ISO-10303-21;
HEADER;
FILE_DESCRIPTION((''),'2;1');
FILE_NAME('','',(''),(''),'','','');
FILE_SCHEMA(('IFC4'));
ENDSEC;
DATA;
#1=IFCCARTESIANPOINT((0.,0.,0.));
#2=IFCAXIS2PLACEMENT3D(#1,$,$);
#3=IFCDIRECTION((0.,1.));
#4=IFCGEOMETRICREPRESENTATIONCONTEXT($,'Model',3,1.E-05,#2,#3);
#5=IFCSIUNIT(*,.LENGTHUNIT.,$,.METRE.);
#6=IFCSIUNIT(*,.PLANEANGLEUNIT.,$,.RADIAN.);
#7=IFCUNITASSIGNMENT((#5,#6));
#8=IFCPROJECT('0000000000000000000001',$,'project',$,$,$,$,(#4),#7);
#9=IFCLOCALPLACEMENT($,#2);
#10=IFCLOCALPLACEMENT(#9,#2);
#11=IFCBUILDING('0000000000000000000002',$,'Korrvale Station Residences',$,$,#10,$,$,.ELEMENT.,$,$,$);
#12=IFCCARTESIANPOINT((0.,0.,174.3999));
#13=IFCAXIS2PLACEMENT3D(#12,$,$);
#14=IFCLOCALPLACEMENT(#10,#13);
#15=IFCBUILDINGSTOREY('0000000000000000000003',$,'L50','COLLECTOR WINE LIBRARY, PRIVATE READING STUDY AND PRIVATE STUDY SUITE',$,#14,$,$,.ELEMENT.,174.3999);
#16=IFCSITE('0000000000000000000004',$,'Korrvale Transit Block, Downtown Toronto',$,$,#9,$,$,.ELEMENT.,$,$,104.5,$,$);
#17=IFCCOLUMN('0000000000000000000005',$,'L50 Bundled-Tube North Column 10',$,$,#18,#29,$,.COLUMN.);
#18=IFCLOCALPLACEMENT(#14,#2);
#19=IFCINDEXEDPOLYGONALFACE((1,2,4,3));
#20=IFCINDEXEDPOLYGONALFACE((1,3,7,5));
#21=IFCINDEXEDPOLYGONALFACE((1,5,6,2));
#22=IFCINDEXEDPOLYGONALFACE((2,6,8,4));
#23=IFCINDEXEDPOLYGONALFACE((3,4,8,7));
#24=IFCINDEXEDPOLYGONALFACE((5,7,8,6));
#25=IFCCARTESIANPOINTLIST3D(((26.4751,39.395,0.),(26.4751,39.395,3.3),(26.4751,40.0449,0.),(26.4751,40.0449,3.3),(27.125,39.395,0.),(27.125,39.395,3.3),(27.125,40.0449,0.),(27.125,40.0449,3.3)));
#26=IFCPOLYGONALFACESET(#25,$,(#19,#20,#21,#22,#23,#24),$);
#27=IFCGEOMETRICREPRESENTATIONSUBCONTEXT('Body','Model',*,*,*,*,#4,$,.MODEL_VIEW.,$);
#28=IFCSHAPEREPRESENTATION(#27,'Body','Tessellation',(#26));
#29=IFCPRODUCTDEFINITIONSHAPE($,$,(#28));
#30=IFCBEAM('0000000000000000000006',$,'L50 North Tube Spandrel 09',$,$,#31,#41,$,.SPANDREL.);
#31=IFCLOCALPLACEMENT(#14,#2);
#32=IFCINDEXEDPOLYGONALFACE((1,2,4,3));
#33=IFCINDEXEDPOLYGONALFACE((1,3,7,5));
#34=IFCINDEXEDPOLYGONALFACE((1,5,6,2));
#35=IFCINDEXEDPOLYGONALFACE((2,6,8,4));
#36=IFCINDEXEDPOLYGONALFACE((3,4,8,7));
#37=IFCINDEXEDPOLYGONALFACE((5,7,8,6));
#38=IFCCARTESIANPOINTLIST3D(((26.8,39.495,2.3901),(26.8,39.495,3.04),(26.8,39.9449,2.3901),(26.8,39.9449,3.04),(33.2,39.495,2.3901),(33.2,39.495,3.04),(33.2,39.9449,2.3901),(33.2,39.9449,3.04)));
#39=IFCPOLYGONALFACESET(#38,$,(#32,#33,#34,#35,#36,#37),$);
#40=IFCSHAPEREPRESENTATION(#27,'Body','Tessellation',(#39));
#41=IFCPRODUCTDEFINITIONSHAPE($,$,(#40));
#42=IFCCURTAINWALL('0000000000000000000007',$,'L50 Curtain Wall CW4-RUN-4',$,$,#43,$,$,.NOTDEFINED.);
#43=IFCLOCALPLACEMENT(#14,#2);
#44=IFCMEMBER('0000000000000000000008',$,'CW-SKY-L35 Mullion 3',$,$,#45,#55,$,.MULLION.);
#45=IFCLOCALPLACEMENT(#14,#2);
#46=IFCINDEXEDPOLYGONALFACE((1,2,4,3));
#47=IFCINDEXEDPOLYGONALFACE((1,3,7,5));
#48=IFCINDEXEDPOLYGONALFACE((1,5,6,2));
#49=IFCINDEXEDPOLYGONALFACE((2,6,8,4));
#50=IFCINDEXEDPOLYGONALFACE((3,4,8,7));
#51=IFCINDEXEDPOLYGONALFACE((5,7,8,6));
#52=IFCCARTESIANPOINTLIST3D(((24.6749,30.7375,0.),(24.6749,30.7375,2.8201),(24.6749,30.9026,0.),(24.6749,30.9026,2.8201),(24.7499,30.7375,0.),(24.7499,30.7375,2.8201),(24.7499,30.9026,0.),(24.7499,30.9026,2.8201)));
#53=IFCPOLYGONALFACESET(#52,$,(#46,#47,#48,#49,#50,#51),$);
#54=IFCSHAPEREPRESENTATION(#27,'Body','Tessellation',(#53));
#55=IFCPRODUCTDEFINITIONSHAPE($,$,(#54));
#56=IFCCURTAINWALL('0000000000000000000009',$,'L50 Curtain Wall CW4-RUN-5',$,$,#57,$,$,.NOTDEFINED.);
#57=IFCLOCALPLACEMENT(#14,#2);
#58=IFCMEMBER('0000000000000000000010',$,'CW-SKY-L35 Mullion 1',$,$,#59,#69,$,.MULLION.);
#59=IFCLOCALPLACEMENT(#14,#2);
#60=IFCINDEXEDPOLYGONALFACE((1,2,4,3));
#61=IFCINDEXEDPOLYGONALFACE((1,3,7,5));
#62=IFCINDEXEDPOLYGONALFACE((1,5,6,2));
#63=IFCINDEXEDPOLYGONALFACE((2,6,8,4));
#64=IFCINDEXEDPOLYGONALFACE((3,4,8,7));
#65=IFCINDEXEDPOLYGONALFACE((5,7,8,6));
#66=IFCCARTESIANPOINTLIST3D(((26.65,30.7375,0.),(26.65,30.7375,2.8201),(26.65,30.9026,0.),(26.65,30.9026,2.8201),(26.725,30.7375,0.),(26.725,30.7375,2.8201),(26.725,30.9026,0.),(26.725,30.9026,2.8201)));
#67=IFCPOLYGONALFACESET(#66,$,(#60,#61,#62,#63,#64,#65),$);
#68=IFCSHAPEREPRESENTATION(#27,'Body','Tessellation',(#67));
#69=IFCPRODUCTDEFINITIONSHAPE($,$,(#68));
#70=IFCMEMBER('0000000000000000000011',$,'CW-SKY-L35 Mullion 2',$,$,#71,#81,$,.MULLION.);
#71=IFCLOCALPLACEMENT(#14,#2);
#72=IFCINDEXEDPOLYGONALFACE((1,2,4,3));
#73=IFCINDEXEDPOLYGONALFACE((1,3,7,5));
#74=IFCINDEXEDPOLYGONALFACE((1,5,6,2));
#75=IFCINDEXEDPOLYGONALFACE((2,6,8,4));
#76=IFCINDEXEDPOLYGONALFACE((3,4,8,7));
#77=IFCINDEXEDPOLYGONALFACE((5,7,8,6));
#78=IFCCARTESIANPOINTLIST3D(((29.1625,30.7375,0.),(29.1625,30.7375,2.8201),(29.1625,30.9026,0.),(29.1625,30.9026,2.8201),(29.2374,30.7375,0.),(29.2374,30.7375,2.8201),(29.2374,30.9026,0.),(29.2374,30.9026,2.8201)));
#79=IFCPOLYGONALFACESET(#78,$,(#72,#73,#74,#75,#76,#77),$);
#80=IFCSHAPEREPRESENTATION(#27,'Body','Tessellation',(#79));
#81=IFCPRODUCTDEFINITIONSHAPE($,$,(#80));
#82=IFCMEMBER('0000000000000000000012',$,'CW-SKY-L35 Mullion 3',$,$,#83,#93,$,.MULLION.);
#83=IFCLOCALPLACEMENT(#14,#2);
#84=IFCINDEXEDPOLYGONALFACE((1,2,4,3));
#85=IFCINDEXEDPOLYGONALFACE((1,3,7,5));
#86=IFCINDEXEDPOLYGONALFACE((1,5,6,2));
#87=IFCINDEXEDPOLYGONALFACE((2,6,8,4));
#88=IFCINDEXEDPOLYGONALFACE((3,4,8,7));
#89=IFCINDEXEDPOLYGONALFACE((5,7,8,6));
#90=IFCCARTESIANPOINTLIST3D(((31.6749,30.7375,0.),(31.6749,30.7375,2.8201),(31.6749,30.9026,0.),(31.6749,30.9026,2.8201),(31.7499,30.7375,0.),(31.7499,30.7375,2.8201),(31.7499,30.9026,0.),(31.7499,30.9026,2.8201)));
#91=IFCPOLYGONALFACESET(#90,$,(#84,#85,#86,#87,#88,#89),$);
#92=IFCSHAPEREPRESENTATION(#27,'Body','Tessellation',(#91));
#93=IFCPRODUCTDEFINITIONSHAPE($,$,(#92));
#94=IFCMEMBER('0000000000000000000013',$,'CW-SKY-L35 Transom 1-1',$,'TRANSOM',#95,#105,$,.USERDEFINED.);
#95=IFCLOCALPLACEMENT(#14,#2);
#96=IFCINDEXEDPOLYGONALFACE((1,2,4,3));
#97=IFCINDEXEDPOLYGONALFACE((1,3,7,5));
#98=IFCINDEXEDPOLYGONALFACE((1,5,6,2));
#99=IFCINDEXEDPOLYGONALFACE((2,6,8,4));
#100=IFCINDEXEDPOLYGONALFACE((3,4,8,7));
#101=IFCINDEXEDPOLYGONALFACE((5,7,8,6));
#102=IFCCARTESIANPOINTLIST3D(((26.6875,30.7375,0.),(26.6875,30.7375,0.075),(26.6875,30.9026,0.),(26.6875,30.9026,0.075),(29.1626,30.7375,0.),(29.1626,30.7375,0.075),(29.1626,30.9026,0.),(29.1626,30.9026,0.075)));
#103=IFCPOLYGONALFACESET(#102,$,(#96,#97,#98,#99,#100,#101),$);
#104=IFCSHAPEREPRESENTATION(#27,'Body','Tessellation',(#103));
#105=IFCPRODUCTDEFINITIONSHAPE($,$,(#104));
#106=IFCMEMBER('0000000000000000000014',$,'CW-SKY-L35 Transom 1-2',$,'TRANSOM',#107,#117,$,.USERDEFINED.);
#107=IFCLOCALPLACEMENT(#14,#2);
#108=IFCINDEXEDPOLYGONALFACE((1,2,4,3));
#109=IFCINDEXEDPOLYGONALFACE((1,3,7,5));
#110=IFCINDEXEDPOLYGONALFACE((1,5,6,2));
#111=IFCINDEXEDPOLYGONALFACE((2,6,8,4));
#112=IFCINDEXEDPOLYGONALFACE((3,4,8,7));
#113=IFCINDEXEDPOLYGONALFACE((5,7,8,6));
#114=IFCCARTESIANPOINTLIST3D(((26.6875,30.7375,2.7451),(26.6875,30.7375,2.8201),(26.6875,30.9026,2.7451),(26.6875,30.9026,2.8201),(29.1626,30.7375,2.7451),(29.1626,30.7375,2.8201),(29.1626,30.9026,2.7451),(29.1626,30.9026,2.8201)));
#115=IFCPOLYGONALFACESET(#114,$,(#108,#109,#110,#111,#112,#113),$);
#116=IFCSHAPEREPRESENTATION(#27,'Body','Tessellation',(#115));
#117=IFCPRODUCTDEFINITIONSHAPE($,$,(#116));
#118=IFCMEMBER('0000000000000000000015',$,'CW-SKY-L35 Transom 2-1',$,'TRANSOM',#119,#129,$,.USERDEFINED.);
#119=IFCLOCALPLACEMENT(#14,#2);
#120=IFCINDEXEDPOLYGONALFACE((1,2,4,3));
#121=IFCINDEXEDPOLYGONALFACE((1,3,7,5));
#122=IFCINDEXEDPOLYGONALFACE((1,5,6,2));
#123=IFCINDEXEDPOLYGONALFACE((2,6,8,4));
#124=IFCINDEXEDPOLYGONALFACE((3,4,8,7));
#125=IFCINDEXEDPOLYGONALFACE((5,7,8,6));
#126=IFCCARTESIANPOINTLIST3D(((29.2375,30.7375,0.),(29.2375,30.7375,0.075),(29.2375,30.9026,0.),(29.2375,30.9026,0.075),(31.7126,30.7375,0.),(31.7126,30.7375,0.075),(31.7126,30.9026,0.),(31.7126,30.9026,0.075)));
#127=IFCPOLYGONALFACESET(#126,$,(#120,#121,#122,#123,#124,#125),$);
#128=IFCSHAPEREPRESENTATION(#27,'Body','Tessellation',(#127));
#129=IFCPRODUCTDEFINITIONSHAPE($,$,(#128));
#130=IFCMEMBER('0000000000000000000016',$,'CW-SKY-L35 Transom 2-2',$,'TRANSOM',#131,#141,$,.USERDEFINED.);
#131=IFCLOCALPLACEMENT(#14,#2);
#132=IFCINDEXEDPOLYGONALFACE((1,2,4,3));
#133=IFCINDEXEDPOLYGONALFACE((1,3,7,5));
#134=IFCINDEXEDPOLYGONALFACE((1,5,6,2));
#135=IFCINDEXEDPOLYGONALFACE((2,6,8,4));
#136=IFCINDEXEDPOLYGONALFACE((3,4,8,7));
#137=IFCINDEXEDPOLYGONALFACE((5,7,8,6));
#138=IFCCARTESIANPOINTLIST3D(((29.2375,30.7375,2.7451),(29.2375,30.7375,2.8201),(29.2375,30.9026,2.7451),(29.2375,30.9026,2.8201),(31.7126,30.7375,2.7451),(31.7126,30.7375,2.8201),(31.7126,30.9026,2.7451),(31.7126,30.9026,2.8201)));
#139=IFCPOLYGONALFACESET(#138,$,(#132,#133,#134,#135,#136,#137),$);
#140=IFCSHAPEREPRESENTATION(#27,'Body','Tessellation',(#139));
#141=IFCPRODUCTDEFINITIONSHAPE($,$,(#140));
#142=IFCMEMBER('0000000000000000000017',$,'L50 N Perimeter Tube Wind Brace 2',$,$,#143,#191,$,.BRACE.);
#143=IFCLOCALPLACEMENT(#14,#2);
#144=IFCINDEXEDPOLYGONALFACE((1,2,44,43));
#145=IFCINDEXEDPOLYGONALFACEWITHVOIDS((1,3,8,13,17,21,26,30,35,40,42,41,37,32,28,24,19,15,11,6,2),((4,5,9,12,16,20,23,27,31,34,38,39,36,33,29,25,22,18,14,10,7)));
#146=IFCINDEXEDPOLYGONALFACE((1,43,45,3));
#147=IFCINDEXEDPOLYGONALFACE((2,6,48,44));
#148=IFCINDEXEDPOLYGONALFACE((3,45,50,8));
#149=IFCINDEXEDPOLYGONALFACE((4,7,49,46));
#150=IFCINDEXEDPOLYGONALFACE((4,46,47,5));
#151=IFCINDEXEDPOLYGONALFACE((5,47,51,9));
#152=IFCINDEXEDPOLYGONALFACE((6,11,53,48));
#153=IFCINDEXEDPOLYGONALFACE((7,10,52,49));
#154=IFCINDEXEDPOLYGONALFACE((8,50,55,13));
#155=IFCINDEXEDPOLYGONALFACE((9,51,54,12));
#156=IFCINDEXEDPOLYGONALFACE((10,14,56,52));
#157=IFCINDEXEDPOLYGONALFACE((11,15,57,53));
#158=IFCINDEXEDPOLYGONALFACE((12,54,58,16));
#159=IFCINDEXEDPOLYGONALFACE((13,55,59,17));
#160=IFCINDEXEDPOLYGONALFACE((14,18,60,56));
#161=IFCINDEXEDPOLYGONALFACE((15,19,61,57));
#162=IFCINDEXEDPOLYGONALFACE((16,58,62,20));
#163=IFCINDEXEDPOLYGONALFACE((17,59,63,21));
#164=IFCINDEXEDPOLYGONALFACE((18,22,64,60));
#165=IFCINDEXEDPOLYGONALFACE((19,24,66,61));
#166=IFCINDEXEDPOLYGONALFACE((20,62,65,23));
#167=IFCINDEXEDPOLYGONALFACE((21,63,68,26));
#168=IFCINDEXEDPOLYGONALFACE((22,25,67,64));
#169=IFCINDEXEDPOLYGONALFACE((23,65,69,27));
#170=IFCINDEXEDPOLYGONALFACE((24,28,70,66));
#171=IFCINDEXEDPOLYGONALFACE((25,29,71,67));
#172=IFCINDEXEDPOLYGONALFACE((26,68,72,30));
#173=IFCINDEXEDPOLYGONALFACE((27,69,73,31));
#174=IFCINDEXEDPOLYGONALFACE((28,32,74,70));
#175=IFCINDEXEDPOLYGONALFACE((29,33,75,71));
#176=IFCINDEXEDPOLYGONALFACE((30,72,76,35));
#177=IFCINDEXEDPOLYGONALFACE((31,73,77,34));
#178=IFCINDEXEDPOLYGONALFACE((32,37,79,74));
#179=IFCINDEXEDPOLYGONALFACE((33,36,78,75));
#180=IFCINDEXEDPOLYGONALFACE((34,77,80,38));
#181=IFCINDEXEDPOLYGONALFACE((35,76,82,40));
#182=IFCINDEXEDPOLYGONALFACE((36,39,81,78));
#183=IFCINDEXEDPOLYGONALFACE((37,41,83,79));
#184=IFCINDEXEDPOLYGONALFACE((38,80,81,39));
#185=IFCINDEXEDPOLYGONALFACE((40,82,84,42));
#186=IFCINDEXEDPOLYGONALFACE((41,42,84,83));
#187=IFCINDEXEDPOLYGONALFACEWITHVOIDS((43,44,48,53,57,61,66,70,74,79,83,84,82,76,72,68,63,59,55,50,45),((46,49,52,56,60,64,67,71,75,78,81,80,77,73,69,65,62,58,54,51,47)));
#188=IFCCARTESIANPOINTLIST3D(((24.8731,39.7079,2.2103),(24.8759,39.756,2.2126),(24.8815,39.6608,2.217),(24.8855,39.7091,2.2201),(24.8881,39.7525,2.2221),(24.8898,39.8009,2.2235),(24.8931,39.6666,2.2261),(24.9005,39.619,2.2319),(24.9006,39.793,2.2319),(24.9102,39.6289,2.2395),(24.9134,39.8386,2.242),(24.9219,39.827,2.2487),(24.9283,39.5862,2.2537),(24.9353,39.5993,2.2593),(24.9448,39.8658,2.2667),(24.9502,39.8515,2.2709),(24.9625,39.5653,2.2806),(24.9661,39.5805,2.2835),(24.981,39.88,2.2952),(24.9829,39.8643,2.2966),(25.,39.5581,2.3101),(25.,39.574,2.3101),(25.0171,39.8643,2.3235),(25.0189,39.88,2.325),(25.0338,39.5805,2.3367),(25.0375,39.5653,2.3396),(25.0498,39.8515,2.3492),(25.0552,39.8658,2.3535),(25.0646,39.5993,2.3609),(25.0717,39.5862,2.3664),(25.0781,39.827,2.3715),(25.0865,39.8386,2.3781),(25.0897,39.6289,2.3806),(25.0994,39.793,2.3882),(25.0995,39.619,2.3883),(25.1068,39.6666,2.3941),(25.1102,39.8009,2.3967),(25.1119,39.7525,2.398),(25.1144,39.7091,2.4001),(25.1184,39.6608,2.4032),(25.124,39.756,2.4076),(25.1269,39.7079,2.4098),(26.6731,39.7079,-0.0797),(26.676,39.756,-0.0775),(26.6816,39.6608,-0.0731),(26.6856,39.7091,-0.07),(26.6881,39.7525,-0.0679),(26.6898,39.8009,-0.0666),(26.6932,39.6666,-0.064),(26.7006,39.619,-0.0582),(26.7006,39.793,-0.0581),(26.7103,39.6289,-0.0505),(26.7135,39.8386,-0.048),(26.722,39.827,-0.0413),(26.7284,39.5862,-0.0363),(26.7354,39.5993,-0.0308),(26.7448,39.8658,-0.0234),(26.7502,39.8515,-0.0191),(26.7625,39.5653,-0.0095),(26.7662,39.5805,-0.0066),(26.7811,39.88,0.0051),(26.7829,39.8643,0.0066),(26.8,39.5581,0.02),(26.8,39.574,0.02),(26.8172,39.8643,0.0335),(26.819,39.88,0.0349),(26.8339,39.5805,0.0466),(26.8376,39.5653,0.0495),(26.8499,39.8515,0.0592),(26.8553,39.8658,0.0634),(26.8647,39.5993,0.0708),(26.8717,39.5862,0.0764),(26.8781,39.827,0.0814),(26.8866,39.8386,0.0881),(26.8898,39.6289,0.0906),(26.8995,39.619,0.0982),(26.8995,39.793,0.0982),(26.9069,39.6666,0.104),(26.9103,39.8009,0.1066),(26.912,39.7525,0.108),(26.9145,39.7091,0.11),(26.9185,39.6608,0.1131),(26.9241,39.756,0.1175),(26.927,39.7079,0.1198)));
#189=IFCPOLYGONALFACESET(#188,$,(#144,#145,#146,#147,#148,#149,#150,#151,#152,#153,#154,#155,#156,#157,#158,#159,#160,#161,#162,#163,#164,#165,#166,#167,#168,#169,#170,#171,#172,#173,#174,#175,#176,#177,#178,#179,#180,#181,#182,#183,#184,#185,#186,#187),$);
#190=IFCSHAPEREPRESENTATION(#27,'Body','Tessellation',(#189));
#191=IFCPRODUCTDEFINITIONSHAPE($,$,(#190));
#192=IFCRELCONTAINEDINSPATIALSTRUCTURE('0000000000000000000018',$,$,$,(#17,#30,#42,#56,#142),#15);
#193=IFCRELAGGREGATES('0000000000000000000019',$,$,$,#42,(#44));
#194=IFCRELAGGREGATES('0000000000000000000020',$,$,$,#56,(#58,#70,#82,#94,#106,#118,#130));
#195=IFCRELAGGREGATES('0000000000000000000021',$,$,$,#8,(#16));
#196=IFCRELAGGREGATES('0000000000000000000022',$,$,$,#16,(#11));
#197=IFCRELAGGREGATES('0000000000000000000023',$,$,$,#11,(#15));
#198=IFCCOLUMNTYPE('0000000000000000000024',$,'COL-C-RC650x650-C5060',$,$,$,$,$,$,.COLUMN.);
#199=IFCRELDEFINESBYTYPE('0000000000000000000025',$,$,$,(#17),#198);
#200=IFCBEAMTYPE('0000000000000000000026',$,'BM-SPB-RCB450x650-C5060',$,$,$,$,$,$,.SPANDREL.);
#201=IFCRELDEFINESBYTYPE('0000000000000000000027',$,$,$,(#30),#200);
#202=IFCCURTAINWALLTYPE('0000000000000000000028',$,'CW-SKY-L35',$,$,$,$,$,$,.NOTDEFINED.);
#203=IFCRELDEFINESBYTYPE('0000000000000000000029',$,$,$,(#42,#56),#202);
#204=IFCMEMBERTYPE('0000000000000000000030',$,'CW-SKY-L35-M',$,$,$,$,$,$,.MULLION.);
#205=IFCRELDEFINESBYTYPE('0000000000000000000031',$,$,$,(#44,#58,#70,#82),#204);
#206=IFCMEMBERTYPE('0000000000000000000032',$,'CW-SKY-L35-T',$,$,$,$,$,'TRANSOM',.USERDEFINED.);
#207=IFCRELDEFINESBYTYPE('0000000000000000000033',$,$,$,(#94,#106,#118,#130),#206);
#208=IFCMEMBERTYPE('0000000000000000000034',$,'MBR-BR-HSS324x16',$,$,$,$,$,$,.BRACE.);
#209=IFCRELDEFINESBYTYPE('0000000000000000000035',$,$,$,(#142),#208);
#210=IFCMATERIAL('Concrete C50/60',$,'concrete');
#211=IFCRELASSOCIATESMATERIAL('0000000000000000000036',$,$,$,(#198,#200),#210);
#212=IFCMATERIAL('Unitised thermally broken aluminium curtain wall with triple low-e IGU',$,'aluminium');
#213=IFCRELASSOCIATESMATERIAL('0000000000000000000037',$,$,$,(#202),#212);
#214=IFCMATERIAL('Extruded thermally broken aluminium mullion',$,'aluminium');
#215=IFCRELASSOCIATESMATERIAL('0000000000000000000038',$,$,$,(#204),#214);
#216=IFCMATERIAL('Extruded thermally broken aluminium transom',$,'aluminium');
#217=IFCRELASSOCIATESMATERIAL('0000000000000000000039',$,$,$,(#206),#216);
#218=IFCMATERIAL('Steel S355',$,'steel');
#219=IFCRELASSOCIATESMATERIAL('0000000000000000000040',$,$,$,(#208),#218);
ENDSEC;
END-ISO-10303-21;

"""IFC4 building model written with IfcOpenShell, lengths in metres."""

from ifc_helpers import new_model, si_unit, direction, frame, origin, origin_2d, place, context, subcontext, project, spatial, rectangle, hollow_circle, extrude, material, material_profile, profile_set, type_object, element, aggregate, save


model = new_model("IFC4")

# Units and contexts
model_context = context("Model", 3, precision=1e-05, world=origin(), true_north=direction((0.0, 1.0)))
body_context = subcontext(model_context, "Body", "Model", "MODEL_VIEW")
ifc_project = project(units=[si_unit("LENGTHUNIT", "METRE"), si_unit("PLANEANGLEUNIT", "RADIAN")], contexts=[model_context])

# Site, building, storey
site_placement = place(None, origin())
site = spatial("IfcSite", under=ifc_project, at=site_placement, Name="Korrvale Transit Block, Downtown Toronto", CompositionType="ELEMENT", RefElevation=104.5)
building_placement = place(site_placement, origin())
building = spatial("IfcBuilding", under=site, at=building_placement, Name="Korrvale Station Residences", CompositionType="ELEMENT")
storey_placement = place(building_placement, frame((0.0, 0.0, 174.3999)))
storey = spatial("IfcBuildingStorey", under=building, at=storey_placement, Name="L50", Description="COLLECTOR WINE LIBRARY, PRIVATE READING STUDY AND PRIVATE STUDY SUITE", CompositionType="ELEMENT", Elevation=174.3999)

# Column
ifc_material_1 = material(Name="Concrete C50/60", Category="concrete")
ifc_material_profile_1 = material_profile(ifc_material_1, rectangle(XDim=0.6499, YDim=0.6499, at=origin_2d()), Name="RC650x650")
ifc_profile_set_1 = profile_set([ifc_material_profile_1], Name="Concrete C50/60")
column_type = type_object("IfcColumnType", Name="COL-C-RC650x650-C5060", PredefinedType="COLUMN", material=ifc_profile_set_1)
column_placement = place(storey_placement, frame((26.8, 39.72, 0.0), z_axis=(0.0, 0.0, 1.0), x_axis=(1.0, 0.0, 0.0)))
element("IfcColumn", 1, at=column_placement, inside=storey, type_object=column_type, Name="L50 Bundled-Tube North Column 10", PredefinedType="COLUMN", context=body_context, shape_type="SweptSolid", body=[
    extrude(rectangle(XDim=0.6499, YDim=0.6499, at=origin_2d()), origin(), (0.0, 0.0, 1.0), 3.3),
])

# Beam
ifc_material_profile_2 = material_profile(ifc_material_1, rectangle(XDim=0.45, YDim=0.6499, at=origin_2d()), Name="RCB450x650")
ifc_profile_set_2 = profile_set([ifc_material_profile_2], Name="Concrete C50/60")
beam_type = type_object("IfcBeamType", Name="BM-SPB-RCB450x650-C5060", PredefinedType="SPANDREL", material=ifc_profile_set_2)
beam_placement = place(storey_placement, frame((26.8, 39.72, 2.7151), z_axis=(1.0, 0.0, 0.0), x_axis=(0.0, 1.0, 0.0)))
element("IfcBeam", 2, at=beam_placement, inside=storey, type_object=beam_type, Name="L50 North Tube Spandrel 09", PredefinedType="SPANDREL", context=body_context, shape_type="SweptSolid", body=[
    extrude(rectangle(XDim=0.45, YDim=0.6499, at=origin_2d()), origin(), (0.0, 0.0, 1.0), 6.3999),
])

# Curtain wall, member
ifc_material_2 = material(Name="Unitised thermally broken aluminium curtain wall with triple low-e IGU", Category="aluminium")
curtain_wall_type = type_object("IfcCurtainWallType", Name="CW-SKY-L35", PredefinedType="NOTDEFINED", material=ifc_material_2)
curtain_wall_1_placement = place(storey_placement, origin())
curtain_wall_1 = element("IfcCurtainWall", 3, at=curtain_wall_1_placement, inside=storey, type_object=curtain_wall_type, Name="L50 Curtain Wall CW4-RUN-4", PredefinedType="NOTDEFINED")
ifc_material_3 = material(Name="Extruded thermally broken aluminium mullion", Category="aluminium")
member_type_1 = type_object("IfcMemberType", Name="CW-SKY-L35-M", PredefinedType="MULLION", material=ifc_material_3)
member_1_placement = place(storey_placement, frame((24.7124, 30.8201, 0.0), z_axis=(0.0, 0.0, 1.0), x_axis=(1.0, 0.0, 0.0)))
member_1 = element("IfcMember", 4, at=member_1_placement, type_object=member_type_1, Name="CW-SKY-L35 Mullion 3", PredefinedType="MULLION", context=body_context, shape_type="SweptSolid", body=[
    extrude(rectangle(XDim=0.075, YDim=0.165, at=origin_2d()), origin(), (0.0, 0.0, 1.0), 2.8201),
])
aggregate(curtain_wall_1, [member_1])

# Curtain wall, members
curtain_wall_2_placement = place(storey_placement, origin())
curtain_wall_2 = element("IfcCurtainWall", 5, at=curtain_wall_2_placement, inside=storey, type_object=curtain_wall_type, Name="L50 Curtain Wall CW4-RUN-5", PredefinedType="NOTDEFINED")
member_2_placement = place(storey_placement, frame((26.6875, 30.8201, 0.0), z_axis=(0.0, 0.0, 1.0), x_axis=(1.0, 0.0, 0.0)))
member_2 = element("IfcMember", 6, at=member_2_placement, type_object=member_type_1, Name="CW-SKY-L35 Mullion 1", PredefinedType="MULLION", context=body_context, shape_type="SweptSolid", body=[
    extrude(rectangle(XDim=0.075, YDim=0.165, at=origin_2d()), origin(), (0.0, 0.0, 1.0), 2.8201),
])
member_3_placement = place(storey_placement, frame((29.2, 30.8201, 0.0), z_axis=(0.0, 0.0, 1.0), x_axis=(1.0, 0.0, 0.0)))
member_3 = element("IfcMember", 7, at=member_3_placement, type_object=member_type_1, Name="CW-SKY-L35 Mullion 2", PredefinedType="MULLION", context=body_context, shape_type="SweptSolid", body=[
    extrude(rectangle(XDim=0.075, YDim=0.165, at=origin_2d()), origin(), (0.0, 0.0, 1.0), 2.8201),
])
member_4_placement = place(storey_placement, frame((31.7124, 30.8201, 0.0), z_axis=(0.0, 0.0, 1.0), x_axis=(1.0, 0.0, 0.0)))
member_4 = element("IfcMember", 8, at=member_4_placement, type_object=member_type_1, Name="CW-SKY-L35 Mullion 3", PredefinedType="MULLION", context=body_context, shape_type="SweptSolid", body=[
    extrude(rectangle(XDim=0.075, YDim=0.165, at=origin_2d()), origin(), (0.0, 0.0, 1.0), 2.8201),
])
ifc_material_4 = material(Name="Extruded thermally broken aluminium transom", Category="aluminium")
member_type_2 = type_object("IfcMemberType", Name="CW-SKY-L35-T", ElementType="TRANSOM", PredefinedType="USERDEFINED", material=ifc_material_4)
member_5_placement = place(storey_placement, frame((27.925, 30.8201, 0.0), z_axis=(0.0, 0.0, 1.0), x_axis=(1.0, 0.0, 0.0)))
member_5 = element("IfcMember", 9, at=member_5_placement, type_object=member_type_2, Name="CW-SKY-L35 Transom 1-1", ObjectType="TRANSOM", PredefinedType="USERDEFINED", context=body_context, shape_type="SweptSolid", body=[
    extrude(rectangle(XDim=2.4751, YDim=0.165, at=origin_2d()), origin(), (0.0, 0.0, 1.0), 0.075),
])
member_6_placement = place(storey_placement, frame((27.925, 30.8201, 2.7451), z_axis=(0.0, 0.0, 1.0), x_axis=(1.0, 0.0, 0.0)))
member_6 = element("IfcMember", 10, at=member_6_placement, type_object=member_type_2, Name="CW-SKY-L35 Transom 1-2", ObjectType="TRANSOM", PredefinedType="USERDEFINED", context=body_context, shape_type="SweptSolid", body=[
    extrude(rectangle(XDim=2.4751, YDim=0.165, at=origin_2d()), origin(), (0.0, 0.0, 1.0), 0.075),
])
member_7_placement = place(storey_placement, frame((30.4751, 30.8201, 0.0), z_axis=(0.0, 0.0, 1.0), x_axis=(1.0, 0.0, 0.0)))
member_7 = element("IfcMember", 11, at=member_7_placement, type_object=member_type_2, Name="CW-SKY-L35 Transom 2-1", ObjectType="TRANSOM", PredefinedType="USERDEFINED", context=body_context, shape_type="SweptSolid", body=[
    extrude(rectangle(XDim=2.4751, YDim=0.165, at=origin_2d()), origin(), (0.0, 0.0, 1.0), 0.075),
])
member_8_placement = place(storey_placement, frame((30.4751, 30.8201, 2.7451), z_axis=(0.0, 0.0, 1.0), x_axis=(1.0, 0.0, 0.0)))
member_8 = element("IfcMember", 12, at=member_8_placement, type_object=member_type_2, Name="CW-SKY-L35 Transom 2-2", ObjectType="TRANSOM", PredefinedType="USERDEFINED", context=body_context, shape_type="SweptSolid", body=[
    extrude(rectangle(XDim=2.4751, YDim=0.165, at=origin_2d()), origin(), (0.0, 0.0, 1.0), 0.075),
])

# Member
ifc_material_5 = material(Name="Steel S355", Category="steel")
ifc_material_profile_3 = material_profile(ifc_material_5, hollow_circle(Radius=0.1619, WallThickness=0.0159, at=origin_2d()), Name="HSS324x16")
ifc_profile_set_3 = profile_set([ifc_material_profile_3], Name="Steel S355")
member_type_3 = type_object("IfcMemberType", Name="MBR-BR-HSS324x16", PredefinedType="BRACE", material=ifc_profile_set_3)
member_9_placement = place(storey_placement, frame((26.8, 39.72, 0.02), z_axis=(-0.617977, 0.0, 0.786196), x_axis=(0.0, -1.0, 0.0)))
element("IfcMember", 13, at=member_9_placement, inside=storey, type_object=member_type_3, Name="L50 N Perimeter Tube Wind Brace 2", PredefinedType="BRACE", context=body_context, shape_type="SweptSolid", body=[
    extrude(hollow_circle(Radius=0.1619, WallThickness=0.0159, at=origin_2d()), origin(), (0.0, 0.0, 1.0), 2.9128),
])

aggregate(curtain_wall_2, [member_2, member_3, member_4, member_5, member_6, member_7, member_8])

save(model, "model.ifc")
